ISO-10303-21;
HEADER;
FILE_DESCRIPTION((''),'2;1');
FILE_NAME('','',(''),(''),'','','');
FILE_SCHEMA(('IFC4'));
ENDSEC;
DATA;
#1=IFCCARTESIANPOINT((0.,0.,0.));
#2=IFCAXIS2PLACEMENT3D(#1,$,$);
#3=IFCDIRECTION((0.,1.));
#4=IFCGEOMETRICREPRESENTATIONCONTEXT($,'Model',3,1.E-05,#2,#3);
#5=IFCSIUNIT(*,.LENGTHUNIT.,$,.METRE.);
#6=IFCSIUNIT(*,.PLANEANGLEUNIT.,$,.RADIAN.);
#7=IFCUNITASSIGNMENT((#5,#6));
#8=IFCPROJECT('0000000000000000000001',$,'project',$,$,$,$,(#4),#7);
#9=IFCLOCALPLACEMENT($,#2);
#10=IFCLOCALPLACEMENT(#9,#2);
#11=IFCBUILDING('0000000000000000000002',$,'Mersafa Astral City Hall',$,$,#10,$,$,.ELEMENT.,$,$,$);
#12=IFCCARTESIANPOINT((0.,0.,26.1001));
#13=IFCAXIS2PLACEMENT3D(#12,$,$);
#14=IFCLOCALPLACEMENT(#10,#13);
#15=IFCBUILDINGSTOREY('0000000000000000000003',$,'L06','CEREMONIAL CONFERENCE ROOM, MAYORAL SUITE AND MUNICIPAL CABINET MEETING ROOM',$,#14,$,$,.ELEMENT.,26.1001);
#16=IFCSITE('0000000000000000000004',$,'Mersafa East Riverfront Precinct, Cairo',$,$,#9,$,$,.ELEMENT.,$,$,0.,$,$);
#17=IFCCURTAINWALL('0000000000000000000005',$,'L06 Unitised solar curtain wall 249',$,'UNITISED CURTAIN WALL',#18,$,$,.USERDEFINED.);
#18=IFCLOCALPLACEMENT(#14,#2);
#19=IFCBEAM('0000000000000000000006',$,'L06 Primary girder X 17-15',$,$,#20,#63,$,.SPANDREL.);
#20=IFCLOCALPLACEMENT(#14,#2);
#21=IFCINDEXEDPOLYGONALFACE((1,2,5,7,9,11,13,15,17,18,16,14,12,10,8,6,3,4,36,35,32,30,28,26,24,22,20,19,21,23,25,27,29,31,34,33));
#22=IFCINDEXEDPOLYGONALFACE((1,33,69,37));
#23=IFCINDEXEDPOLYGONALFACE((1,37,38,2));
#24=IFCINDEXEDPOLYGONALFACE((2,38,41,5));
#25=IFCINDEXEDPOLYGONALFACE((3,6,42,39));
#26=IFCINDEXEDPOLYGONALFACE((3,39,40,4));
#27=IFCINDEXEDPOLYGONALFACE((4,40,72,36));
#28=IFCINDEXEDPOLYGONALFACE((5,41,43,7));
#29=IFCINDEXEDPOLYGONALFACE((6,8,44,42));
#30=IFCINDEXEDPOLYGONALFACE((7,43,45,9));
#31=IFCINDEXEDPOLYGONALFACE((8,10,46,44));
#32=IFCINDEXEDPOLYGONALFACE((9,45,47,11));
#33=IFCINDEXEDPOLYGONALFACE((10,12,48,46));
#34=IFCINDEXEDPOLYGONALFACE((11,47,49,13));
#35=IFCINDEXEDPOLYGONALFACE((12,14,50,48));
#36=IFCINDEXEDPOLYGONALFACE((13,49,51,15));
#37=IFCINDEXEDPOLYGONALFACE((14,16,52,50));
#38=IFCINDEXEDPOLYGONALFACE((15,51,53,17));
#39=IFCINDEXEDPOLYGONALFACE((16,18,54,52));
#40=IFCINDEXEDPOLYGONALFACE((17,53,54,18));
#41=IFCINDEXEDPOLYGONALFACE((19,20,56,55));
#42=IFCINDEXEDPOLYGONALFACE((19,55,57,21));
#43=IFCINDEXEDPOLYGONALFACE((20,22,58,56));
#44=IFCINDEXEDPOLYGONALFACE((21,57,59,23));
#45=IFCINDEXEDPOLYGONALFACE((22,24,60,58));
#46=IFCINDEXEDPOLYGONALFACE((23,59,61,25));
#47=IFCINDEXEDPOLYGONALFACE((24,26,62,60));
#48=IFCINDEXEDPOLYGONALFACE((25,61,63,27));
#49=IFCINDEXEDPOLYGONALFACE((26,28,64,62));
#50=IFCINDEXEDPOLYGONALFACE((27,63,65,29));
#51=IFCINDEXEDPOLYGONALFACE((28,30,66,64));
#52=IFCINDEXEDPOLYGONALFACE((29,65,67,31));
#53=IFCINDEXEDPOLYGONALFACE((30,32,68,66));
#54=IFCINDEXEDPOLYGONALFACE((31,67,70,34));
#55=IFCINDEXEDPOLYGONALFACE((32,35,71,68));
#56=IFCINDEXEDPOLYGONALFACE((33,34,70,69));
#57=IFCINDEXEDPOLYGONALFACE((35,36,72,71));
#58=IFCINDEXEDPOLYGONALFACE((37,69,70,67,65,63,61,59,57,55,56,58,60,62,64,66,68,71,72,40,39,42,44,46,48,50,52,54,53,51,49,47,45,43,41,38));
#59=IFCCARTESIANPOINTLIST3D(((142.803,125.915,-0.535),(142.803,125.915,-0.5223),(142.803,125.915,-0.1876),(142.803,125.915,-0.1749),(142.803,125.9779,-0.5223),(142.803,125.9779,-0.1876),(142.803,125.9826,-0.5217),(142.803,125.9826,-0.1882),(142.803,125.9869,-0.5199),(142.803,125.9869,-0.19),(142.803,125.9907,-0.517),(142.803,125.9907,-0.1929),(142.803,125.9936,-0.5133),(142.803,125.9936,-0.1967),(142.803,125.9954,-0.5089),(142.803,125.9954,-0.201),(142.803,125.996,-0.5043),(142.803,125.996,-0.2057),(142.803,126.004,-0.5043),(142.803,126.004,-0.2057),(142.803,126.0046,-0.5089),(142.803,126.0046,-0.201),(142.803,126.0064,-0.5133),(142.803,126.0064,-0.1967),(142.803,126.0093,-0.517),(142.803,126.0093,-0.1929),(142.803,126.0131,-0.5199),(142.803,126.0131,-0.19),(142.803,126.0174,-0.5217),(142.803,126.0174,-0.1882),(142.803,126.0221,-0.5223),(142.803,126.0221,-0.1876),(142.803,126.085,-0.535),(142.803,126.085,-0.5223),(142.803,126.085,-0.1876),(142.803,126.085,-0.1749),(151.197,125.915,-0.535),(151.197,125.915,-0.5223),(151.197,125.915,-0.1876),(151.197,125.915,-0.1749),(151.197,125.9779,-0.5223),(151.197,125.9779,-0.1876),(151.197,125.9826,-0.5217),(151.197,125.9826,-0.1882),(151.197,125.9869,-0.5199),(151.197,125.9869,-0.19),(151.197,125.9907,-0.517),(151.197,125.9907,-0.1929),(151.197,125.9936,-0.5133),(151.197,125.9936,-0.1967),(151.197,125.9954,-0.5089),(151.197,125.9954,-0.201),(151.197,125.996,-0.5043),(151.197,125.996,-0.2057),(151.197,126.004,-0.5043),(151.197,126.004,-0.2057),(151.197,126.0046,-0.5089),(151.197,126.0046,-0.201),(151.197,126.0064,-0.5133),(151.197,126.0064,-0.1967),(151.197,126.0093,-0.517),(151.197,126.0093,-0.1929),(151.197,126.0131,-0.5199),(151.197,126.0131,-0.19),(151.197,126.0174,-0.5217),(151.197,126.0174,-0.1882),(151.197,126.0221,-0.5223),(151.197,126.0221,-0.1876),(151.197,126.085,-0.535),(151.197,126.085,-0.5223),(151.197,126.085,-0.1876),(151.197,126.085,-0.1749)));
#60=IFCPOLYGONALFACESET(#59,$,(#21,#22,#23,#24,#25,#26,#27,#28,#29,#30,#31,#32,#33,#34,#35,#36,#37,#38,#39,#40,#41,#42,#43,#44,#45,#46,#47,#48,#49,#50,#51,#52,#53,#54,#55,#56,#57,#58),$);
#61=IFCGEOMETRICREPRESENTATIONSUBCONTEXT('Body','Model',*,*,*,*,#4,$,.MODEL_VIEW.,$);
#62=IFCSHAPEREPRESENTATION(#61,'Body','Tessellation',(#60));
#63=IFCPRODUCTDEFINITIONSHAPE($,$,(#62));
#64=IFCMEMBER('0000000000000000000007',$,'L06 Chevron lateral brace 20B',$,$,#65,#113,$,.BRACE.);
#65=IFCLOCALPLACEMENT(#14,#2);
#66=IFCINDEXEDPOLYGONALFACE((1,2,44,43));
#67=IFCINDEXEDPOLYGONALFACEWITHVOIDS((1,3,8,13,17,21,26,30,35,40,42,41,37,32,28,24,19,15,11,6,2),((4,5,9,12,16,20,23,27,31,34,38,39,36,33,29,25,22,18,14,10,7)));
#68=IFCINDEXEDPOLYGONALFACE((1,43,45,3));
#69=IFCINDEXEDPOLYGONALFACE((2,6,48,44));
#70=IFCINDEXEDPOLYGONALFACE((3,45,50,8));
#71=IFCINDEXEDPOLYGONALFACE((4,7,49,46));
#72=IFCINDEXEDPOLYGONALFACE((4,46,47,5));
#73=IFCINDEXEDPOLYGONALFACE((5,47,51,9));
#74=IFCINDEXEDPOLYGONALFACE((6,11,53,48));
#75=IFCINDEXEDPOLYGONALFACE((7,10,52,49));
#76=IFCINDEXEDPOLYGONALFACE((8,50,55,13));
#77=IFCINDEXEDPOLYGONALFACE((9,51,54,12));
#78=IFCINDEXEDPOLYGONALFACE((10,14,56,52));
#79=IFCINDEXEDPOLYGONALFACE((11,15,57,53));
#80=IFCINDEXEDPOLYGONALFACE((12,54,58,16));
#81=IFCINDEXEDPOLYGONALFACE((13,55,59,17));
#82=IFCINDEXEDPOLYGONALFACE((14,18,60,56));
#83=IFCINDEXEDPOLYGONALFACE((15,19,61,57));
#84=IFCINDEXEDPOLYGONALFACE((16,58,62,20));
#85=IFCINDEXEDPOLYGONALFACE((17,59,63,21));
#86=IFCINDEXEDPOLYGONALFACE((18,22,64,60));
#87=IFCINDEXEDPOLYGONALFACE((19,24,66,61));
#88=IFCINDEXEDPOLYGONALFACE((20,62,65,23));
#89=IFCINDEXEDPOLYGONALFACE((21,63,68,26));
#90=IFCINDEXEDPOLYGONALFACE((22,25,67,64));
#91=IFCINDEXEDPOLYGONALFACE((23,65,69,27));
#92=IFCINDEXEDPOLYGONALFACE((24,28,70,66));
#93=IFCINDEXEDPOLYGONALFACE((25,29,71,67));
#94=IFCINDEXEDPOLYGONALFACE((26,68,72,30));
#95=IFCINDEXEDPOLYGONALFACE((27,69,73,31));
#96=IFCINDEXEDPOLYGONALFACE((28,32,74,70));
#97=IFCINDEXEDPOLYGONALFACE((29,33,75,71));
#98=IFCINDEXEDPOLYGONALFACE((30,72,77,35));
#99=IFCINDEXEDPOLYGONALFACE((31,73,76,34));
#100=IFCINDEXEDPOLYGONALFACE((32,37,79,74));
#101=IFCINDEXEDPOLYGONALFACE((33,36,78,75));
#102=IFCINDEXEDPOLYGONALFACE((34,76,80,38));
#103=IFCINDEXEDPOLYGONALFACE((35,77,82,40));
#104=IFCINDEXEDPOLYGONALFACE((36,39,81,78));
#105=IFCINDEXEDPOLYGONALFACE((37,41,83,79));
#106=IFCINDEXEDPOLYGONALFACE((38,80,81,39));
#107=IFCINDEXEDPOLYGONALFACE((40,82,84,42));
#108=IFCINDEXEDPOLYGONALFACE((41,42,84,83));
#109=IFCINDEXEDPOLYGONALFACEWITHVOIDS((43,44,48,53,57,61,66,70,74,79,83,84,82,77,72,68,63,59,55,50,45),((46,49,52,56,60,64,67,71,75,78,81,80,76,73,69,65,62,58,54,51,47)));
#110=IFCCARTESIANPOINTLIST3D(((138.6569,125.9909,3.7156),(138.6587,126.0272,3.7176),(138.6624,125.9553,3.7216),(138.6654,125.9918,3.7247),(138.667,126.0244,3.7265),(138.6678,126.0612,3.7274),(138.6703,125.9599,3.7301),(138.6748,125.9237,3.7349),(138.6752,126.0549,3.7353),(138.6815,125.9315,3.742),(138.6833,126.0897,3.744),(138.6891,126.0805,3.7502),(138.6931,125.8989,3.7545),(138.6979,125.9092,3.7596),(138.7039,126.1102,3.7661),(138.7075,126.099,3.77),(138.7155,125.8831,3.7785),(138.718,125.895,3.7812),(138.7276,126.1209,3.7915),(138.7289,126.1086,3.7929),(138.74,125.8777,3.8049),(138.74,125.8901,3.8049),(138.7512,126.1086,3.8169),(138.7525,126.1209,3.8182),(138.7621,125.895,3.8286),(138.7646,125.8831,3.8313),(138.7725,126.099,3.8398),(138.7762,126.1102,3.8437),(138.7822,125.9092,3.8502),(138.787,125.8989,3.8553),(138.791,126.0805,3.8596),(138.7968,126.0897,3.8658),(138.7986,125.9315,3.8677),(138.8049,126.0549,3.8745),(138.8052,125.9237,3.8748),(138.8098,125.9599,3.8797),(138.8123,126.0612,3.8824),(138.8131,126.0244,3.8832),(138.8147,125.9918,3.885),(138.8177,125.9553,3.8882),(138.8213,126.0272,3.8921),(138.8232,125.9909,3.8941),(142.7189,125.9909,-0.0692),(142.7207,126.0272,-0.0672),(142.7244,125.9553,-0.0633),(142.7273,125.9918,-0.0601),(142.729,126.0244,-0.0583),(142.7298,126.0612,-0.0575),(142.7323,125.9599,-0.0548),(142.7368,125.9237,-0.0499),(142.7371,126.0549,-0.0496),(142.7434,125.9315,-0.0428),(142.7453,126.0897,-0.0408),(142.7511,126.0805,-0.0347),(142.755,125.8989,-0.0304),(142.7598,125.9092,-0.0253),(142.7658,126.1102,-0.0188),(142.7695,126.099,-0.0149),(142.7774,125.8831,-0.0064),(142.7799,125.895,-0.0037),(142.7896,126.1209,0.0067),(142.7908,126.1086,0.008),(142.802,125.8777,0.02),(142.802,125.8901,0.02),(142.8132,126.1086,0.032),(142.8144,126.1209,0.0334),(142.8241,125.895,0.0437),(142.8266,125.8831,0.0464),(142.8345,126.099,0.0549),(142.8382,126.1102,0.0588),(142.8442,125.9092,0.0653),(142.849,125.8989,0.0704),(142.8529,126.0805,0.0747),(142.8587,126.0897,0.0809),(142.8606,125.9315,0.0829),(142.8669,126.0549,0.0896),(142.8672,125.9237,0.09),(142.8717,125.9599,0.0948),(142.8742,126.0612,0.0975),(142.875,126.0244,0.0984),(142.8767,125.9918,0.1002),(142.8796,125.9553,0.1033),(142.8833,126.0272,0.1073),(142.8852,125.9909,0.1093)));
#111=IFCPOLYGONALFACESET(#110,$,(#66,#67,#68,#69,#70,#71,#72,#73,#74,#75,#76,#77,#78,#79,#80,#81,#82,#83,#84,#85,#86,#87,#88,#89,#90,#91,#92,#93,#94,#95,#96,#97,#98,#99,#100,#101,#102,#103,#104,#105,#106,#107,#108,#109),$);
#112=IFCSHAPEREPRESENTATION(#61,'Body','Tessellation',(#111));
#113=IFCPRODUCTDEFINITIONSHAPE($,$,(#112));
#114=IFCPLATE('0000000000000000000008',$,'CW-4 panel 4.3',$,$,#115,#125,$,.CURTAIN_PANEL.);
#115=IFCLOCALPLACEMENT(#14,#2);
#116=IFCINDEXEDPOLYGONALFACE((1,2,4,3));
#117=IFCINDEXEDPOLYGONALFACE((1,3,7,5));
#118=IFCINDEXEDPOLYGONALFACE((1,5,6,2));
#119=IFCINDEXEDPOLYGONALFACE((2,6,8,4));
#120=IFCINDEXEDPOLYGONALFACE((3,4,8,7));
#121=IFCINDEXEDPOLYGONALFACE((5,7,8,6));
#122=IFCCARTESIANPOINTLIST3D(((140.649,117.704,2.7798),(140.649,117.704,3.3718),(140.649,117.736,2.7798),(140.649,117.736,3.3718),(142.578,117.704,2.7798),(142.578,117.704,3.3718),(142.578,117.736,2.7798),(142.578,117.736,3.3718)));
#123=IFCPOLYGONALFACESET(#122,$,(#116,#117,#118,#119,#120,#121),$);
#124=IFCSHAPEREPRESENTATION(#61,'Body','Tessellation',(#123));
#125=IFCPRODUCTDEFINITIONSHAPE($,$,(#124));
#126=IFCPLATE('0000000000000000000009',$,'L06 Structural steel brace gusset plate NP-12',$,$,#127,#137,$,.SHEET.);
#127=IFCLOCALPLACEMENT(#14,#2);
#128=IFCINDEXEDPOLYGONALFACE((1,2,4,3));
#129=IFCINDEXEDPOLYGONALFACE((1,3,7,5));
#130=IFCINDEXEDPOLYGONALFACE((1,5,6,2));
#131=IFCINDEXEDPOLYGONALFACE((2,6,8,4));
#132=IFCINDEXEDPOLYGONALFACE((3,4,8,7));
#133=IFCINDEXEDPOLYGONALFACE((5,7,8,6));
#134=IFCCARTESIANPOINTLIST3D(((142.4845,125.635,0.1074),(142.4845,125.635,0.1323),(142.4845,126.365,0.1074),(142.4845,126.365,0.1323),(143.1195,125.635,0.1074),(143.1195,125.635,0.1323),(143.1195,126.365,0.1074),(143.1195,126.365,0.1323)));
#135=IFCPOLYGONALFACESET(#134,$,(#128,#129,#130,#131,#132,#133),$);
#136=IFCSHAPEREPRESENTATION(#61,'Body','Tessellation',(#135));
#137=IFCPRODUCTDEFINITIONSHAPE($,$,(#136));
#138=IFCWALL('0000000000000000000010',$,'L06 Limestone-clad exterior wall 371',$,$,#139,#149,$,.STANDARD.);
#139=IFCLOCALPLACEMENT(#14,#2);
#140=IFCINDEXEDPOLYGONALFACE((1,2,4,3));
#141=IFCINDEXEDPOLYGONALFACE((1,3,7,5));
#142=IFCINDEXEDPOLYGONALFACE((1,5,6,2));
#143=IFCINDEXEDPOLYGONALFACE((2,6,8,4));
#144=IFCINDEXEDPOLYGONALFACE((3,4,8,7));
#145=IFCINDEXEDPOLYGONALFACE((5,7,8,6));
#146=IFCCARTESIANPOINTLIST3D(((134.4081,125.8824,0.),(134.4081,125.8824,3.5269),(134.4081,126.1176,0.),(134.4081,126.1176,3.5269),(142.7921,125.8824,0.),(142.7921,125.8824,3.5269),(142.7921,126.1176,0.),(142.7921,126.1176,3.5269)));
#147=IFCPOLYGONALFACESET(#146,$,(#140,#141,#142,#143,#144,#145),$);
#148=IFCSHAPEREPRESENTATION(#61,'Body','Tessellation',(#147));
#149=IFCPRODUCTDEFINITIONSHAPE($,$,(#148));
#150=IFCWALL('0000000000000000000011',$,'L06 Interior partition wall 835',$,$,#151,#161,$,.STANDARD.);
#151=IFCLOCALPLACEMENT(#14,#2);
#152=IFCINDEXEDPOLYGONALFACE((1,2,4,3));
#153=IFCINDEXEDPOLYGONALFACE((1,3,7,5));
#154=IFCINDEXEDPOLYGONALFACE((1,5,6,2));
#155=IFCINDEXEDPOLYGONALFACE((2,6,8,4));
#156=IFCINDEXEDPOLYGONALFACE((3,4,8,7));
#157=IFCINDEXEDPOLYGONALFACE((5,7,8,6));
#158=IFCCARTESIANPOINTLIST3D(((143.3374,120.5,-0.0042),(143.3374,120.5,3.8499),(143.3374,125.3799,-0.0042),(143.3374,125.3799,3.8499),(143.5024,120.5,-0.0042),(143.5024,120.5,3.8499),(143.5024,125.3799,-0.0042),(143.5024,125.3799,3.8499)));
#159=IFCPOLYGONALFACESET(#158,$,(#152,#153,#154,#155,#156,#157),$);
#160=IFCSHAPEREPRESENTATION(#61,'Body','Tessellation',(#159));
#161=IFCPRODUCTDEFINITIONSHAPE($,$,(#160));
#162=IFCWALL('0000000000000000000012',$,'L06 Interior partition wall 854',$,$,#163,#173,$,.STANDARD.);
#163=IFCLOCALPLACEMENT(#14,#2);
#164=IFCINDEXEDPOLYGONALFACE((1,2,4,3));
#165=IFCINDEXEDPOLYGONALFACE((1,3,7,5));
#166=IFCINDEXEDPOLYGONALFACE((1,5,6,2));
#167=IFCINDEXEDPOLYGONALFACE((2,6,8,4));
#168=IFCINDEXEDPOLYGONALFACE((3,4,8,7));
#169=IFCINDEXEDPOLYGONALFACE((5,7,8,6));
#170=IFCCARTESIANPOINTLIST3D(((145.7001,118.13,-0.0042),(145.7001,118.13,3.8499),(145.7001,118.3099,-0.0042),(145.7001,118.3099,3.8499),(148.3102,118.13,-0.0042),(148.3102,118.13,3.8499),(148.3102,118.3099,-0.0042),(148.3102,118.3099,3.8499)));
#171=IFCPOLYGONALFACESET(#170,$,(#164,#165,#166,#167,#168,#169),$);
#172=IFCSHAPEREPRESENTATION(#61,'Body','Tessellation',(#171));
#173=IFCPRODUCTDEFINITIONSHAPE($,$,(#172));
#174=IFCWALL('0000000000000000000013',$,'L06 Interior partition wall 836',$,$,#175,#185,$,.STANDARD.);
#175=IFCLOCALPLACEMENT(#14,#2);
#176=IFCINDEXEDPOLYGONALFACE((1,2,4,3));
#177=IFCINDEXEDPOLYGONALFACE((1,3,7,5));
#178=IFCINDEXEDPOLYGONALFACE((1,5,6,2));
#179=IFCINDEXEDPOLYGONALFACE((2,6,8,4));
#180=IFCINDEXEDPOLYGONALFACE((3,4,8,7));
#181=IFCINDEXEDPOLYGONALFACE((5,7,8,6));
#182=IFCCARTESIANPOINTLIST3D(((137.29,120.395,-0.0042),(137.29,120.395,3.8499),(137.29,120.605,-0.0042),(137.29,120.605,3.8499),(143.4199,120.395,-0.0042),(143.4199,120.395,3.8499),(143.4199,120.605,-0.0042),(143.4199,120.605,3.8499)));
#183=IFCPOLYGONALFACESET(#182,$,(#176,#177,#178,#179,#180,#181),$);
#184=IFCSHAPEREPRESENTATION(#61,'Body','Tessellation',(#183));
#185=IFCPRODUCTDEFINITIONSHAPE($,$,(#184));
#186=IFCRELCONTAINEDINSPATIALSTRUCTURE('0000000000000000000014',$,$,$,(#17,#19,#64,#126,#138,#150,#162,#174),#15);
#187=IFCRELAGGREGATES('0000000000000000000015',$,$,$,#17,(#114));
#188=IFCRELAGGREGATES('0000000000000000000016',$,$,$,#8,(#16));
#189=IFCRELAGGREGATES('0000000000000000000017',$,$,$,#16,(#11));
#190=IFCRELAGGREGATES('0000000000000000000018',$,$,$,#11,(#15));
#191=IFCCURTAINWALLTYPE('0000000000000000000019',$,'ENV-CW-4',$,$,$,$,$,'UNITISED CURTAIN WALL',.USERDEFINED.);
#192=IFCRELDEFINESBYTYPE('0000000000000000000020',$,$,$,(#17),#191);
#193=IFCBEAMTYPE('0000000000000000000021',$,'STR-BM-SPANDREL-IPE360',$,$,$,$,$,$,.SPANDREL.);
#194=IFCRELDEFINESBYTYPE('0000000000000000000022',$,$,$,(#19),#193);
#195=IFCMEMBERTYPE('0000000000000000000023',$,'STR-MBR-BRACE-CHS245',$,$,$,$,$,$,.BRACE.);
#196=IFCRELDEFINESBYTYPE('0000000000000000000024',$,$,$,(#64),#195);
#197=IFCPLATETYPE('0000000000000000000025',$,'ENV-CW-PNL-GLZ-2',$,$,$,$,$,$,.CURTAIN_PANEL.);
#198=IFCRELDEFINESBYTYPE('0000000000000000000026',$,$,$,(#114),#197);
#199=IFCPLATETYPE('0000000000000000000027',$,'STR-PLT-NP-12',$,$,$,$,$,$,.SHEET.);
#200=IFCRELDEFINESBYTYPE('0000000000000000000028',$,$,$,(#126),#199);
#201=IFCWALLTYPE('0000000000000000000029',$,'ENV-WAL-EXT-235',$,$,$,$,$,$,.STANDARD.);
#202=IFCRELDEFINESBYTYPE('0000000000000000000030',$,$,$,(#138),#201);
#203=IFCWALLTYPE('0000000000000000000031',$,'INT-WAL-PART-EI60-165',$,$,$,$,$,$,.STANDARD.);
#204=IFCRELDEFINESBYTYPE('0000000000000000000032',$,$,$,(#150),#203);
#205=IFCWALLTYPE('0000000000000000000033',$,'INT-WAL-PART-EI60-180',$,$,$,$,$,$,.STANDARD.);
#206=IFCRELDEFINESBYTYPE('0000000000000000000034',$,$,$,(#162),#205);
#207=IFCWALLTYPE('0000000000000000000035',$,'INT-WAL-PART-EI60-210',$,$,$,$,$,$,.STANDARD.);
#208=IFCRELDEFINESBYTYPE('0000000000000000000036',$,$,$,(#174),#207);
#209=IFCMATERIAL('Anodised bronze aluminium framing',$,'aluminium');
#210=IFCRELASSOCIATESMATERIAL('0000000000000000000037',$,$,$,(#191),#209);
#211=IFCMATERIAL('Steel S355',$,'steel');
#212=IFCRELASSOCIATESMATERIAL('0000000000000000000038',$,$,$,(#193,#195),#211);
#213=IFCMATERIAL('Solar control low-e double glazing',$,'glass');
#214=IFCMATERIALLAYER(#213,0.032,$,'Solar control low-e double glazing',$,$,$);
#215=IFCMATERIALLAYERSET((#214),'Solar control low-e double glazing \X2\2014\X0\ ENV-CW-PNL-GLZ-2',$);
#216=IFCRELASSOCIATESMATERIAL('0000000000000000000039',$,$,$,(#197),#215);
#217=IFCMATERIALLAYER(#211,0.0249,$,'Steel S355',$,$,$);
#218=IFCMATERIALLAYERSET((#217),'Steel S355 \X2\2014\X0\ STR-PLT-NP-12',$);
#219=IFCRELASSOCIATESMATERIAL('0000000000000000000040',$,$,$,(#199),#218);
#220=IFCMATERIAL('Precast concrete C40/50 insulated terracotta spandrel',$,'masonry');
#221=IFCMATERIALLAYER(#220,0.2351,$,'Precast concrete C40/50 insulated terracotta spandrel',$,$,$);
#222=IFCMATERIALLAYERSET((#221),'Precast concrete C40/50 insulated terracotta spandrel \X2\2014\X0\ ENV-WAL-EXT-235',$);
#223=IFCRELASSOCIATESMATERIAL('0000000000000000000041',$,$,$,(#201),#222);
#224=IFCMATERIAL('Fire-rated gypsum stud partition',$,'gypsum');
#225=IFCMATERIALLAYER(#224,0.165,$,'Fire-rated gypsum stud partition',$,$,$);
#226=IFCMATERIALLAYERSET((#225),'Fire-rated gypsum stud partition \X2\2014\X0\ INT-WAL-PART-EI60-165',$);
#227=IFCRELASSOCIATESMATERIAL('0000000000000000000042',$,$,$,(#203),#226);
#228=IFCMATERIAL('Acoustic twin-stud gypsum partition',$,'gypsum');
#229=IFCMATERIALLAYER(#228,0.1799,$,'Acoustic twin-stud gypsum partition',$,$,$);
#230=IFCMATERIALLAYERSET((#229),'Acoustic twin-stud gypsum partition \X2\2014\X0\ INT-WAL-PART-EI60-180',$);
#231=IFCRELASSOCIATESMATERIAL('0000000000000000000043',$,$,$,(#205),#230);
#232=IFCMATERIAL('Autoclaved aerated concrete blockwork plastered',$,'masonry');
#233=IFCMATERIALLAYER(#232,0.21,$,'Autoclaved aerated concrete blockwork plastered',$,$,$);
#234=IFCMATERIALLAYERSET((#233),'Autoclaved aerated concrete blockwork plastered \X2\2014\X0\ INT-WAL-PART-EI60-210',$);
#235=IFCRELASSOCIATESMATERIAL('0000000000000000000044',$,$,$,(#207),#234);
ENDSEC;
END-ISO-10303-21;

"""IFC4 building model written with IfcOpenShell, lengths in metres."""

from ifc_helpers import new_model, si_unit, direction, frame, frame_2d, origin, origin_2d, place, context, subcontext, project, spatial, rectangle, hollow_circle, i_section, extrude, material, layer, layer_set, material_profile, profile_set, type_object, element, aggregate, save


model = new_model("IFC4")

# Units and contexts
model_context = context("Model", 3, precision=1e-05, world=origin(), true_north=direction((0.0, 1.0)))
body_context = subcontext(model_context, "Body", "Model", "MODEL_VIEW")
ifc_project = project(units=[si_unit("LENGTHUNIT", "METRE"), si_unit("PLANEANGLEUNIT", "RADIAN")], contexts=[model_context])

# Site, building, storey
site_placement = place(None, origin())
site = spatial("IfcSite", under=ifc_project, at=site_placement, Name="Mersafa East Riverfront Precinct, Cairo", CompositionType="ELEMENT", RefElevation=0.0)
building_placement = place(site_placement, origin())
building = spatial("IfcBuilding", under=site, at=building_placement, Name="Mersafa Astral City Hall", CompositionType="ELEMENT")
storey_placement = place(building_placement, frame((0.0, 0.0, 26.1001)))
storey = spatial("IfcBuildingStorey", under=building, at=storey_placement, Name="L06", Description="CEREMONIAL CONFERENCE ROOM, MAYORAL SUITE AND MUNICIPAL CABINET MEETING ROOM", CompositionType="ELEMENT", Elevation=26.1001)

# Shared definitions
ifc_material_1 = material(Name="Steel S355", Category="steel")

# Curtain wall
ifc_material_2 = material(Name="Anodised bronze aluminium framing", Category="aluminium")
curtain_wall_type_1 = type_object("IfcCurtainWallType", Name="ENV-CW-4", ElementType="UNITISED CURTAIN WALL", PredefinedType="USERDEFINED", material=ifc_material_2)
curtain_wall_1_placement = place(storey_placement, origin())
curtain_wall_1 = element("IfcCurtainWall", 1, at=curtain_wall_1_placement, inside=storey, type_object=curtain_wall_type_1, Name="L06 Unitised solar curtain wall 249", ObjectType="UNITISED CURTAIN WALL", PredefinedType="USERDEFINED")

# Beam
ifc_material_profile_1 = material_profile(ifc_material_1, i_section(OverallWidth=0.1699, OverallDepth=0.3601, WebThickness=0.0081, FlangeThickness=0.0127, FilletRadius=0.0181, at=origin_2d()), Name="IPE 360")
ifc_profile_set_1 = profile_set([ifc_material_profile_1], Name="Steel S355")
beam_type_1 = type_object("IfcBeamType", Name="STR-BM-SPANDREL-IPE360", PredefinedType="SPANDREL", material=ifc_profile_set_1)
beam_1_placement = place(storey_placement, frame((142.803, 126.0, -0.355), z_axis=(1.0, 0.0, 0.0), x_axis=(0.0, 1.0, 0.0)))
element("IfcBeam", 2, at=beam_1_placement, inside=storey, type_object=beam_type_1, Name="L06 Primary girder X 17-15", PredefinedType="SPANDREL", context=body_context, shape_type="SweptSolid", body=[
    extrude(i_section(OverallWidth=0.1699, OverallDepth=0.3601, WebThickness=0.0081, FlangeThickness=0.0127, FilletRadius=0.0181, at=origin_2d()), origin(), (0.0, 0.0, 1.0), 8.394),
])

# Member
ifc_material_profile_2 = material_profile(ifc_material_1, hollow_circle(Radius=0.1223, WallThickness=0.0125, at=origin_2d()), Name="CHS 244.5x12.5")
ifc_profile_set_2 = profile_set([ifc_material_profile_2], Name="Steel S355")
member_type_1 = type_object("IfcMemberType", Name="STR-MBR-BRACE-CHS245", PredefinedType="BRACE", material=ifc_profile_set_2)
member_1_placement = place(storey_placement, frame((142.802, 126.0, 0.02), z_axis=(-0.731621, 0.0, 0.681712), x_axis=(0.0, -1.0, 0.0)))
element("IfcMember", 3, at=member_1_placement, inside=storey, type_object=member_type_1, Name="L06 Chevron lateral brace 20B", PredefinedType="BRACE", context=body_context, shape_type="SweptSolid", body=[
    extrude(hollow_circle(Radius=0.1223, WallThickness=0.0125, at=origin_2d()), origin(), (0.0, 0.0, 1.0), 5.552),
])

# Plates
ifc_material_3 = material(Name="Solar control low-e double glazing", Category="glass")
ifc_layer_1 = layer(ifc_material_3, 0.032, Name="Solar control low-e double glazing")
ifc_layer_set_1 = layer_set([ifc_layer_1], Name="Solar control low-e double glazing — ENV-CW-PNL-GLZ-2")
plate_type_1 = type_object("IfcPlateType", Name="ENV-CW-PNL-GLZ-2", PredefinedType="CURTAIN_PANEL", material=ifc_layer_set_1)
plate_1_placement = place(storey_placement, frame((141.6135, 117.72, 2.7798), z_axis=(0.0, 0.0, 1.0), x_axis=(1.0, 0.0, 0.0)))
plate_1 = element("IfcPlate", 4, at=plate_1_placement, type_object=plate_type_1, Name="CW-4 panel 4.3", PredefinedType="CURTAIN_PANEL", context=body_context, shape_type="SweptSolid", body=[
    extrude(rectangle(XDim=1.929, YDim=0.032, at=origin_2d()), origin(), (0.0, 0.0, 1.0), 0.592),
])
aggregate(curtain_wall_1, [plate_1])
ifc_layer_2 = layer(ifc_material_1, 0.0249, Name="Steel S355")
ifc_layer_set_2 = layer_set([ifc_layer_2], Name="Steel S355 — STR-PLT-NP-12")
plate_type_2 = type_object("IfcPlateType", Name="STR-PLT-NP-12", PredefinedType="SHEET", material=ifc_layer_set_2)
plate_2_placement = place(storey_placement, frame((142.802, 126.0, 0.1074), z_axis=(0.0, 0.0, 1.0), x_axis=(1.0, 0.0, 0.0)))
element("IfcPlate", 5, at=plate_2_placement, inside=storey, type_object=plate_type_2, Name="L06 Structural steel brace gusset plate NP-12", PredefinedType="SHEET", context=body_context, shape_type="SweptSolid", body=[
    extrude(rectangle(XDim=0.635, YDim=0.73, at=origin_2d()), origin(), (0.0, 0.0, 1.0), 0.0249),
])

# Walls
ifc_material_4 = material(Name="Precast concrete C40/50 insulated terracotta spandrel", Category="masonry")
ifc_layer_3 = layer(ifc_material_4, 0.2351, Name="Precast concrete C40/50 insulated terracotta spandrel")
ifc_layer_set_3 = layer_set([ifc_layer_3], Name="Precast concrete C40/50 insulated terracotta spandrel — ENV-WAL-EXT-235")
wall_type_1 = type_object("IfcWallType", Name="ENV-WAL-EXT-235", PredefinedType="STANDARD", material=ifc_layer_set_3)
wall_1_placement = place(storey_placement, frame((142.792, 126.0, 0.0), z_axis=(0.0, 0.0, 1.0), x_axis=(-1.0, 0.0, 0.0)))
element("IfcWall", 6, at=wall_1_placement, inside=storey, type_object=wall_type_1, Name="L06 Limestone-clad exterior wall 371", PredefinedType="STANDARD", context=body_context, shape_type="SweptSolid", body=[
    extrude(rectangle(XDim=8.384, YDim=0.2351, at=frame_2d((4.1919, 0.0))), origin(), (0.0, 0.0, 1.0), 3.5269),
])
ifc_material_5 = material(Name="Fire-rated gypsum stud partition", Category="gypsum")
ifc_layer_4 = layer(ifc_material_5, 0.165, Name="Fire-rated gypsum stud partition")
ifc_layer_set_4 = layer_set([ifc_layer_4], Name="Fire-rated gypsum stud partition — INT-WAL-PART-EI60-165")
wall_type_2 = type_object("IfcWallType", Name="INT-WAL-PART-EI60-165", PredefinedType="STANDARD", material=ifc_layer_set_4)
wall_2_placement = place(storey_placement, frame((143.4199, 125.3799, -0.0042), z_axis=(0.0, 0.0, 1.0), x_axis=(0.0, -1.0, 0.0)))
element("IfcWall", 7, at=wall_2_placement, inside=storey, type_object=wall_type_2, Name="L06 Interior partition wall 835", PredefinedType="STANDARD", context=body_context, shape_type="SweptSolid", body=[
    extrude(rectangle(XDim=4.8799, YDim=0.165, at=frame_2d((2.4399, 0.0))), origin(), (0.0, 0.0, 1.0), 3.854),
])
ifc_material_6 = material(Name="Acoustic twin-stud gypsum partition", Category="gypsum")
ifc_layer_5 = layer(ifc_material_6, 0.1799, Name="Acoustic twin-stud gypsum partition")
ifc_layer_set_5 = layer_set([ifc_layer_5], Name="Acoustic twin-stud gypsum partition — INT-WAL-PART-EI60-180")
wall_type_3 = type_object("IfcWallType", Name="INT-WAL-PART-EI60-180", PredefinedType="STANDARD", material=ifc_layer_set_5)
wall_3_placement = place(storey_placement, frame((145.7, 118.22, -0.0042), z_axis=(0.0, 0.0, 1.0), x_axis=(1.0, 0.0, 0.0)))
element("IfcWall", 8, at=wall_3_placement, inside=storey, type_object=wall_type_3, Name="L06 Interior partition wall 854", PredefinedType="STANDARD", context=body_context, shape_type="SweptSolid", body=[
    extrude(rectangle(XDim=2.6101, YDim=0.1799, at=frame_2d((1.3052, 0.0))), origin(), (0.0, 0.0, 1.0), 3.854),
])
ifc_material_7 = material(Name="Autoclaved aerated concrete blockwork plastered", Category="masonry")
ifc_layer_6 = layer(ifc_material_7, 0.21, Name="Autoclaved aerated concrete blockwork plastered")
ifc_layer_set_6 = layer_set([ifc_layer_6], Name="Autoclaved aerated concrete blockwork plastered — INT-WAL-PART-EI60-210")
wall_type_4 = type_object("IfcWallType", Name="INT-WAL-PART-EI60-210", PredefinedType="STANDARD", material=ifc_layer_set_6)
wall_4_placement = place(storey_placement, frame((143.4199, 120.5, -0.0042), z_axis=(0.0, 0.0, 1.0), x_axis=(-1.0, 0.0, 0.0)))
element("IfcWall", 9, at=wall_4_placement, inside=storey, type_object=wall_type_4, Name="L06 Interior partition wall 836", PredefinedType="STANDARD", context=body_context, shape_type="SweptSolid", body=[
    extrude(rectangle(XDim=6.1299, YDim=0.21, at=frame_2d((3.0649, 0.0))), origin(), (0.0, 0.0, 1.0), 3.854),
])

save(model, "model.ifc")
